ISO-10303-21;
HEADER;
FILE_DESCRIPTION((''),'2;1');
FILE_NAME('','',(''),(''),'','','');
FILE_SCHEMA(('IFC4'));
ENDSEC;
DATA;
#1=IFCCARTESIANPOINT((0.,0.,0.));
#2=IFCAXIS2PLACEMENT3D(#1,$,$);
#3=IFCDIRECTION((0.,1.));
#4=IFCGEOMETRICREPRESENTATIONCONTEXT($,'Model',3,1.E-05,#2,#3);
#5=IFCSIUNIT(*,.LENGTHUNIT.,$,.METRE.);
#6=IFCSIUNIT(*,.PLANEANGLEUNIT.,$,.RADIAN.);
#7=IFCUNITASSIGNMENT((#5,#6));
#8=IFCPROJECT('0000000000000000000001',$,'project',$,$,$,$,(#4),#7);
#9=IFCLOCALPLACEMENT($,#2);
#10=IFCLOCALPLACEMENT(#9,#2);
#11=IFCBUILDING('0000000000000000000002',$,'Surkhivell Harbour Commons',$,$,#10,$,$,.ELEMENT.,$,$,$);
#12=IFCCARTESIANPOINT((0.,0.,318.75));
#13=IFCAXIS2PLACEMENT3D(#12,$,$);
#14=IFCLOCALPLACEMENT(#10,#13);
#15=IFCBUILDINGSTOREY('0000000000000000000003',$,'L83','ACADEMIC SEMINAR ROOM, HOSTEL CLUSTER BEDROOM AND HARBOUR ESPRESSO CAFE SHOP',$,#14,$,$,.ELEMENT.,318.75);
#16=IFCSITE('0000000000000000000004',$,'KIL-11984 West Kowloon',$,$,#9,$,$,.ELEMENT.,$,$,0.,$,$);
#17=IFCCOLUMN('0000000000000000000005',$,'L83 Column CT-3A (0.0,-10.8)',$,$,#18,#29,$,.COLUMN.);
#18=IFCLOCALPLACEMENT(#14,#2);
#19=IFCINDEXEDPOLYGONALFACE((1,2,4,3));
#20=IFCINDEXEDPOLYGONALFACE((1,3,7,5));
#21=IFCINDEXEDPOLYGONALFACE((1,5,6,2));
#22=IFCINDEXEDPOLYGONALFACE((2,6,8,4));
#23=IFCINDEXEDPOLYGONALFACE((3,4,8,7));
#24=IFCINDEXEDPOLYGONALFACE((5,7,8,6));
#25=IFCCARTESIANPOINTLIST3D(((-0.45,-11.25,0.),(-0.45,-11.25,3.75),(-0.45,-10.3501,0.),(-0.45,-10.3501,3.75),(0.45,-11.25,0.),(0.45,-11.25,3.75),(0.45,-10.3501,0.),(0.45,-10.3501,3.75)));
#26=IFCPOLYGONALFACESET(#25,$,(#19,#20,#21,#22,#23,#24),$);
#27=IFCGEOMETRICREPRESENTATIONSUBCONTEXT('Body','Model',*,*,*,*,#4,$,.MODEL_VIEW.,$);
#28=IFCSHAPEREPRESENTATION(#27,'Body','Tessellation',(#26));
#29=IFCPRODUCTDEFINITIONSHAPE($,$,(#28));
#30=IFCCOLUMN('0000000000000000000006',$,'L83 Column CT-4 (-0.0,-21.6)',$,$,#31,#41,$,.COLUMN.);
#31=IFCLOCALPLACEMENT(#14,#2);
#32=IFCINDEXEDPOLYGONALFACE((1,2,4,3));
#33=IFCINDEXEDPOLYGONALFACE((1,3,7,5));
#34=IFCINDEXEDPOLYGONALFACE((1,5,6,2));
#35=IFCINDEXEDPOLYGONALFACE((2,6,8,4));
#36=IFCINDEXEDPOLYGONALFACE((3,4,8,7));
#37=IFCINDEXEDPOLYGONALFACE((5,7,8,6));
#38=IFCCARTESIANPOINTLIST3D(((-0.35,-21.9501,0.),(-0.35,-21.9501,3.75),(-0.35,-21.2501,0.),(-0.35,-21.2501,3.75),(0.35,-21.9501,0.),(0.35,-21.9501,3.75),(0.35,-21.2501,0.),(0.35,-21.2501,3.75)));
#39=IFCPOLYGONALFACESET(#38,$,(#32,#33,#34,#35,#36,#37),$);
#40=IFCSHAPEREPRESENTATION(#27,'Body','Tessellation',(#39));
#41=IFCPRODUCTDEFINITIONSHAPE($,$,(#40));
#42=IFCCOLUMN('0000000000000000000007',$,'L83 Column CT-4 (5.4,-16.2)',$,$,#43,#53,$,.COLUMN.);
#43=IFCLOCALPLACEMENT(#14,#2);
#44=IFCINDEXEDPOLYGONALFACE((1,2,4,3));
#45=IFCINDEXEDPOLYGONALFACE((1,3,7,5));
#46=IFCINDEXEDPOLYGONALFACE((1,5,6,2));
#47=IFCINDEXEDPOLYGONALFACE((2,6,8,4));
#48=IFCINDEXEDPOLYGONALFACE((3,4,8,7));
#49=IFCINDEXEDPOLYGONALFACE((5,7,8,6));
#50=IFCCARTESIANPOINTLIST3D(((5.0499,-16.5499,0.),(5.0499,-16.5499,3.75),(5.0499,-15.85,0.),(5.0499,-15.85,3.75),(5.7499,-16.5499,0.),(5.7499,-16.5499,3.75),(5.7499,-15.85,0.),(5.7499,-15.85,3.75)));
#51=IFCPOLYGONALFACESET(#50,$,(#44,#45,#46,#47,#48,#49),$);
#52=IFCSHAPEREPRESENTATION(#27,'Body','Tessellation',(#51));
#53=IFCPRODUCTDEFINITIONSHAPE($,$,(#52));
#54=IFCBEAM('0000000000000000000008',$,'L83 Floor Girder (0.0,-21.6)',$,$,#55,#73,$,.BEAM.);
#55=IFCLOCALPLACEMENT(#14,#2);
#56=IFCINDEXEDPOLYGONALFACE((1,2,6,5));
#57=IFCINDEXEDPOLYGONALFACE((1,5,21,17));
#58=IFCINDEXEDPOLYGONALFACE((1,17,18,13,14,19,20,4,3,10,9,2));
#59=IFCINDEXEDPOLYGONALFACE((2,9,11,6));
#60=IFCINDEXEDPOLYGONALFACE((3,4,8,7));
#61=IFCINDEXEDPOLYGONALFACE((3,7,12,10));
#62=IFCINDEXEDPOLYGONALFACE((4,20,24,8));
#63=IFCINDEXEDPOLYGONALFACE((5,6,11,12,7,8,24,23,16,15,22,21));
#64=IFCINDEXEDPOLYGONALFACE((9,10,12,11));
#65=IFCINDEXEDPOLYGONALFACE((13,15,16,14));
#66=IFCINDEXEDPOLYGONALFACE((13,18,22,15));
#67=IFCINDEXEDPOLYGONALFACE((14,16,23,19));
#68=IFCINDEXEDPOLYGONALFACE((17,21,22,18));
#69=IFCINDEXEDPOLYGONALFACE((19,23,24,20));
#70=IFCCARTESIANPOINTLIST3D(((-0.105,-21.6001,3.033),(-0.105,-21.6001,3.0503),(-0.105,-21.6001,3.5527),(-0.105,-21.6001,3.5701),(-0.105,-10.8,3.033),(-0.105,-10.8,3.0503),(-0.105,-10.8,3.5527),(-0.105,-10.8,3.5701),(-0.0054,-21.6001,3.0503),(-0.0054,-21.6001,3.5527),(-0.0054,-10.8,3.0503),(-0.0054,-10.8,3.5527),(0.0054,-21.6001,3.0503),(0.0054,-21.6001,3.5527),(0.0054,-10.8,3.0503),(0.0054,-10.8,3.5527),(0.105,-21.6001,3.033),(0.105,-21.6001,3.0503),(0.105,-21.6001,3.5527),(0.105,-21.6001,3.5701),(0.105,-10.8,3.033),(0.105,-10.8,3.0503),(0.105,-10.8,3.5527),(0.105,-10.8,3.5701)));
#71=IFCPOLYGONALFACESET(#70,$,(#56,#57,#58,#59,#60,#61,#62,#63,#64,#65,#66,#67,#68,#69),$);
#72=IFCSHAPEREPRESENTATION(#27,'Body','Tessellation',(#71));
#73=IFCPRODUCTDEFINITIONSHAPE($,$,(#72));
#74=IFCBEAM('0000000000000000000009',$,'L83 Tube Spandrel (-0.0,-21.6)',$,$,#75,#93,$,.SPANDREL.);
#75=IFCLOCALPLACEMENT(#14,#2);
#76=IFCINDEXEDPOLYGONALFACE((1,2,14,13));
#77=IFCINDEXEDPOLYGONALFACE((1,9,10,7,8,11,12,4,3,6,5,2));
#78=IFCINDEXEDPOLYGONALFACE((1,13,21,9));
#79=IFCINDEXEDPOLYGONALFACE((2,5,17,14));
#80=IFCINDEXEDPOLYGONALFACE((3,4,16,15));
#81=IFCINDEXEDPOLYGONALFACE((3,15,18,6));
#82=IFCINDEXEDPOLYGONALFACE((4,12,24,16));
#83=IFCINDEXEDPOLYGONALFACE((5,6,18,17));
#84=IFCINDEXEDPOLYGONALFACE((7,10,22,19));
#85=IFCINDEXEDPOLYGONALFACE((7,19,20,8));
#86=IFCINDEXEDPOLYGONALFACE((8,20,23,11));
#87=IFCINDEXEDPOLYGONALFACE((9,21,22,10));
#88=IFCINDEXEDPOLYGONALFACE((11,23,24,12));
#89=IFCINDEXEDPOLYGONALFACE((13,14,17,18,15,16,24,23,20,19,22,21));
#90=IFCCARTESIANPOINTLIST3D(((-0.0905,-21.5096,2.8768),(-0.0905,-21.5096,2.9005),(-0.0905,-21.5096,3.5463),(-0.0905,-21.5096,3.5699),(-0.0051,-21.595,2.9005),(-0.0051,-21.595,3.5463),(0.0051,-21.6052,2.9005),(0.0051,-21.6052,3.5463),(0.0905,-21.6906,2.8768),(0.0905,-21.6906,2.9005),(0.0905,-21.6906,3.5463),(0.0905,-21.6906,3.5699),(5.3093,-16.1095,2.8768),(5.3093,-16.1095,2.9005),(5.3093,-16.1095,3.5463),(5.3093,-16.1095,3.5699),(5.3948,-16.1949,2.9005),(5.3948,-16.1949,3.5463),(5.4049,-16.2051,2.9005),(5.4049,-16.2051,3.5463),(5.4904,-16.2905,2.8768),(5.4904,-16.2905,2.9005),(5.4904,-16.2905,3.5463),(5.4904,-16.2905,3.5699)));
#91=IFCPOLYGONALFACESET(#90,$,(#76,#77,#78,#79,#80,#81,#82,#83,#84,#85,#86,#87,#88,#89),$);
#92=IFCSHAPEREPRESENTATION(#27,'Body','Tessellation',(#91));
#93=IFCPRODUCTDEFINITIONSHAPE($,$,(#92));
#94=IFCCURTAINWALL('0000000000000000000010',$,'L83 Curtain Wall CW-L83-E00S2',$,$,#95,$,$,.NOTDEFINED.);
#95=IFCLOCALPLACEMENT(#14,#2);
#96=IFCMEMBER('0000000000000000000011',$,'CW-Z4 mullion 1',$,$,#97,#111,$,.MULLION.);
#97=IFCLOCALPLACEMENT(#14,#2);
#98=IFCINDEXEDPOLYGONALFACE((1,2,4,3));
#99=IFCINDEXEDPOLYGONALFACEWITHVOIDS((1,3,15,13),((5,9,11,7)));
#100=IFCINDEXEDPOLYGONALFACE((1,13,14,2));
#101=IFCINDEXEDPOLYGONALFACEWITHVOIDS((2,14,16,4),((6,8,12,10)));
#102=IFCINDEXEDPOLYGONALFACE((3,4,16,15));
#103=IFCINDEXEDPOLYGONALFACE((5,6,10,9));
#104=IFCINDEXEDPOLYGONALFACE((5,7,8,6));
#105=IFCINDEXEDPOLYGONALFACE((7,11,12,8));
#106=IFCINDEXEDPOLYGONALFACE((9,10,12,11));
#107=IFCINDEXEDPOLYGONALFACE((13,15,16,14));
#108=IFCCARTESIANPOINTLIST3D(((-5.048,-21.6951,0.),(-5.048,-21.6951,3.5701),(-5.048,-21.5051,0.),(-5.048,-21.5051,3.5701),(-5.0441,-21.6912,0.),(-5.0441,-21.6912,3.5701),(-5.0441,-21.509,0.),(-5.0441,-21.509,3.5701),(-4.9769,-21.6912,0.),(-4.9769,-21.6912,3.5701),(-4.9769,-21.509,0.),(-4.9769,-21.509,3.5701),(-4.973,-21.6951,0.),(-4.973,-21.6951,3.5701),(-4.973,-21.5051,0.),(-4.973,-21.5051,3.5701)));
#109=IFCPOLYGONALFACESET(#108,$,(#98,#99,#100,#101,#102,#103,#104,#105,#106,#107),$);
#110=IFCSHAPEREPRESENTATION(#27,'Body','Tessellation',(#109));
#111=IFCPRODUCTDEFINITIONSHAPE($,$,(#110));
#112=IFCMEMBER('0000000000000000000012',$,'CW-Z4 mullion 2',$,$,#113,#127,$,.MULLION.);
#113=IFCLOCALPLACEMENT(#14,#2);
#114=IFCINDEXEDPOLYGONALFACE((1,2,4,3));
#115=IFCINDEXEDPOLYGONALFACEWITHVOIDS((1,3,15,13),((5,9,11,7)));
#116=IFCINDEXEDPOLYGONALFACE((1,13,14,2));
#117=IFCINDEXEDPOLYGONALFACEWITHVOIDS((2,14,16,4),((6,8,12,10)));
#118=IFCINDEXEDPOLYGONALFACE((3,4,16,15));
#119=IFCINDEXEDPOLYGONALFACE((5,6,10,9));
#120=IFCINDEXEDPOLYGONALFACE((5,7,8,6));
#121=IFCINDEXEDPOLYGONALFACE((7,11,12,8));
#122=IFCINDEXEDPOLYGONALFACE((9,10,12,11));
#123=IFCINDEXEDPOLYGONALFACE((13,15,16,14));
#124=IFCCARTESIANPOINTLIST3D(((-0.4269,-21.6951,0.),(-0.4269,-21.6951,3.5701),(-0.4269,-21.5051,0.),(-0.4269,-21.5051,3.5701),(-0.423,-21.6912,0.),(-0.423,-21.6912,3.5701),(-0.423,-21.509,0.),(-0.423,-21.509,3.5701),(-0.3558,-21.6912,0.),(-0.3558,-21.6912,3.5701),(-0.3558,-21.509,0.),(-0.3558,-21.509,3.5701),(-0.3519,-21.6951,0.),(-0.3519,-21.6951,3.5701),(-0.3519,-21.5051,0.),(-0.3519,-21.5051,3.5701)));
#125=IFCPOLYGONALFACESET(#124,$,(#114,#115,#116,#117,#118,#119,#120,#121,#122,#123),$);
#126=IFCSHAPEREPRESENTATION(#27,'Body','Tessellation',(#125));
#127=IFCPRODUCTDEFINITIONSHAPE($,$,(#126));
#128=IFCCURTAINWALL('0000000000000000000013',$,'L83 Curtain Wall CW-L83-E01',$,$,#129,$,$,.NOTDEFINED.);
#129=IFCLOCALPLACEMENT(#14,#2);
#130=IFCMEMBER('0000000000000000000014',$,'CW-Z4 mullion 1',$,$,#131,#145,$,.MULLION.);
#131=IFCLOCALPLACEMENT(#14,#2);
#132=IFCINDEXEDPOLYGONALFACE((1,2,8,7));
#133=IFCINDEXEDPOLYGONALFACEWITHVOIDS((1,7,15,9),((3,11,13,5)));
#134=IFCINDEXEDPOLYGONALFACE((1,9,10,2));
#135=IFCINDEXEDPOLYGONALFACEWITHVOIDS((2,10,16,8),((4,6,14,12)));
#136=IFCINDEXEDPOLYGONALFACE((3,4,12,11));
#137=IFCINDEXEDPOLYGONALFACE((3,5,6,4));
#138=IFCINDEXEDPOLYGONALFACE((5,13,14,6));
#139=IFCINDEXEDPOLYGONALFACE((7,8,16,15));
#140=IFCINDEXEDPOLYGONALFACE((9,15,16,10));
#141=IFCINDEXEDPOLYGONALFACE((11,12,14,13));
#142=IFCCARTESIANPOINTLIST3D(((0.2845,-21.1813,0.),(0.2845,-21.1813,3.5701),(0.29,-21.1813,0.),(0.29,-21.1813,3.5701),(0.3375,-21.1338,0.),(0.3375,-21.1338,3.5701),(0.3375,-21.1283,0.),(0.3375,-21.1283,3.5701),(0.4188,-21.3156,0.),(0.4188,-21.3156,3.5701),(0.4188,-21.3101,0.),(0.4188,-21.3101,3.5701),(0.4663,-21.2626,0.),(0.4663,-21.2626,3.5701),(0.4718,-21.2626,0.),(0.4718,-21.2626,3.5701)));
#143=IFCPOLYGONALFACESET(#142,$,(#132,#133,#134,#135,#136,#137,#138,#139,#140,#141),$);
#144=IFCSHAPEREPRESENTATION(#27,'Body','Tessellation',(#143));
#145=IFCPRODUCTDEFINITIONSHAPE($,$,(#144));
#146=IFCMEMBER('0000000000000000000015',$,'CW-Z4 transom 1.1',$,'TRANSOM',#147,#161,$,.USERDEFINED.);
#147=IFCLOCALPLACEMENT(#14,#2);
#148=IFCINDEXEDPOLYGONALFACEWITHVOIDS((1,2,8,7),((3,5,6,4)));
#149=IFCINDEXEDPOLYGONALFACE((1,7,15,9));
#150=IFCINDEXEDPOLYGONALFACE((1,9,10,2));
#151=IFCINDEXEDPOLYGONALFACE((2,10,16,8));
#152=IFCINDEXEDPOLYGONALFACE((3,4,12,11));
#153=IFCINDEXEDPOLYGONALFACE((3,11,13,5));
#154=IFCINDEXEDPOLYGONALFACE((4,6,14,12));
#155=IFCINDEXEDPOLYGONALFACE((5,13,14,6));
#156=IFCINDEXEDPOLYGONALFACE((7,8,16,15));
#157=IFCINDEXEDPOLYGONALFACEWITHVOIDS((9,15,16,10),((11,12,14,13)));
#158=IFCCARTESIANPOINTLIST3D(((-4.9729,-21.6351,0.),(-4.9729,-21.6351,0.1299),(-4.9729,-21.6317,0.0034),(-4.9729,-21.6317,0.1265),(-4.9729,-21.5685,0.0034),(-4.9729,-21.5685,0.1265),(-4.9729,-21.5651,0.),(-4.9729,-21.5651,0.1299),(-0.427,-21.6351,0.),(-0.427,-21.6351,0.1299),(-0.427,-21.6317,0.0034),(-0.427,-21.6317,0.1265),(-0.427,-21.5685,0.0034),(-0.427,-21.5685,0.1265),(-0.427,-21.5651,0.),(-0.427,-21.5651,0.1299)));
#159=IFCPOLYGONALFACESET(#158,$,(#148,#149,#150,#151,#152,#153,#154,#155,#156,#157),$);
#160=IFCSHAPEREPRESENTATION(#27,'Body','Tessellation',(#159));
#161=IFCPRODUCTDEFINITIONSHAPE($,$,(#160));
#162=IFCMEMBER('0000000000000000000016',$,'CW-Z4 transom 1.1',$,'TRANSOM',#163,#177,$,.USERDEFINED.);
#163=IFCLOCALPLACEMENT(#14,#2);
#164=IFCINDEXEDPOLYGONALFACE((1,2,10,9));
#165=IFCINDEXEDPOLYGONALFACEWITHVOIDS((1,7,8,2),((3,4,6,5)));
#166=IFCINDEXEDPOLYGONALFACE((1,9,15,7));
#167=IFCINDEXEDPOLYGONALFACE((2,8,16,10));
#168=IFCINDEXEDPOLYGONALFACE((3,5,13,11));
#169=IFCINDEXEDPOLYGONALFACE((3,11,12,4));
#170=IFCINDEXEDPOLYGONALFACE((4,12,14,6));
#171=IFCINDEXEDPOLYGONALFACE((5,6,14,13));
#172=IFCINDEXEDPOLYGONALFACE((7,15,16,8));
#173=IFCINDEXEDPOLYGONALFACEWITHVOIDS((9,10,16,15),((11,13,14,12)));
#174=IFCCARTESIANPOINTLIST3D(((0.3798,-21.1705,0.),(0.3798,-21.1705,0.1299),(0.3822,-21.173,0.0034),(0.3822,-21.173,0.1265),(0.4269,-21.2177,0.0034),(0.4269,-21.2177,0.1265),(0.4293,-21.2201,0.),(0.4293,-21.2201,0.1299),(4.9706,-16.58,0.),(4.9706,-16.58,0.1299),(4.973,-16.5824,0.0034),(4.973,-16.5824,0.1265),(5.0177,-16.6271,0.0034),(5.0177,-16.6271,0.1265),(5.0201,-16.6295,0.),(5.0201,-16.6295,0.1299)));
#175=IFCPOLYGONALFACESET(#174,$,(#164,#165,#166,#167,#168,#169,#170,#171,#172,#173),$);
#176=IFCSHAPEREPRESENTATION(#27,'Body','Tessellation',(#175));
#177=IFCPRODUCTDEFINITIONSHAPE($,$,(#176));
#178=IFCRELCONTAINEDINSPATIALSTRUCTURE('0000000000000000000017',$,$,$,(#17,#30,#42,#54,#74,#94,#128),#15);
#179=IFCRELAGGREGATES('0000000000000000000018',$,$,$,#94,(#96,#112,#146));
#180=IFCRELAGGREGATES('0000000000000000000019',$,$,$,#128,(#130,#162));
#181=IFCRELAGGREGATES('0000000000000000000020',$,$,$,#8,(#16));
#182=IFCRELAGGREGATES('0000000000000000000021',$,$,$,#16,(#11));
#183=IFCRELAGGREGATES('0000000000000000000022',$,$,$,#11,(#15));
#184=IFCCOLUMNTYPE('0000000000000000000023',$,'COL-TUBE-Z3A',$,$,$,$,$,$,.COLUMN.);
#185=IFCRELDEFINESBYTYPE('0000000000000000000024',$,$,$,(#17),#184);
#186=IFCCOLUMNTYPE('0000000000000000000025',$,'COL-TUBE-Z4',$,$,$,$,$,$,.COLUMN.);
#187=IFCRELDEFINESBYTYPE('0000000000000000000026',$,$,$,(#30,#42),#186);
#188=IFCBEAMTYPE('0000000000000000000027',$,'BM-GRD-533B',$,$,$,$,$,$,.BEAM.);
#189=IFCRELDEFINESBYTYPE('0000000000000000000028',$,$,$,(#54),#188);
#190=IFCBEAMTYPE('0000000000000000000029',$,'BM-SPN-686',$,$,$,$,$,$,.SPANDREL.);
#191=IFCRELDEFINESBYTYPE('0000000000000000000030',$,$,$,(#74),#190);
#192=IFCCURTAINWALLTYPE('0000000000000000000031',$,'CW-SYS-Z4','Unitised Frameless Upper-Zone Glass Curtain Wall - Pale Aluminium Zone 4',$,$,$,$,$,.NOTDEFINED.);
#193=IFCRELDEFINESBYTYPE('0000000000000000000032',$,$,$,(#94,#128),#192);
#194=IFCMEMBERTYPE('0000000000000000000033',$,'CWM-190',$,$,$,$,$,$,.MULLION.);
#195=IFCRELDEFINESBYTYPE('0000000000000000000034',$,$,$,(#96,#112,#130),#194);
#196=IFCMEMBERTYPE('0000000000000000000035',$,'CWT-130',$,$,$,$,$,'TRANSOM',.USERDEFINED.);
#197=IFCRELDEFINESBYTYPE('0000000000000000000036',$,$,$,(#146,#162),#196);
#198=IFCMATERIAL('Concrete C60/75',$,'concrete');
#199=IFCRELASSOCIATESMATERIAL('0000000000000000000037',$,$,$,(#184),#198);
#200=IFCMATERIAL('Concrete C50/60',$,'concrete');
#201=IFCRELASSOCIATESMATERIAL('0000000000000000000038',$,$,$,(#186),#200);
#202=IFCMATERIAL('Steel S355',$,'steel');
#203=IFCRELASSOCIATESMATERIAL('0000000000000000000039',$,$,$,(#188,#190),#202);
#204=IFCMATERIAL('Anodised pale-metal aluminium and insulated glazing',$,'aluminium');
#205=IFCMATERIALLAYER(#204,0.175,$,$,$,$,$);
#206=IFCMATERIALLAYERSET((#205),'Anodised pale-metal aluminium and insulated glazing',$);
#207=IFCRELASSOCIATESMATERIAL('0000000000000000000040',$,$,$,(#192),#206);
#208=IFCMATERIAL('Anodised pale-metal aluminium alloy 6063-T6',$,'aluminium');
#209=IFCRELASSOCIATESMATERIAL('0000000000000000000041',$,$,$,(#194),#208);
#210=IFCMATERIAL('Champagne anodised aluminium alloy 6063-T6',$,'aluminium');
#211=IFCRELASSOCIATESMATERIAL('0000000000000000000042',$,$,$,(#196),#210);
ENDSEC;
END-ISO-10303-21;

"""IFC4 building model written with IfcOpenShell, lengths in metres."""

from ifc_helpers import new_model, si_unit, direction, frame, origin, origin_2d, place, context, subcontext, project, spatial, rectangle, hollow_rectangle, i_section, extrude, material, layer, layer_set, material_profile, profile_set, type_object, element, aggregate, save


model = new_model("IFC4")

# Units and contexts
model_context = context("Model", 3, precision=1e-05, world=origin(), true_north=direction((0.0, 1.0)))
body_context = subcontext(model_context, "Body", "Model", "MODEL_VIEW")
ifc_project = project(units=[si_unit("LENGTHUNIT", "METRE"), si_unit("PLANEANGLEUNIT", "RADIAN")], contexts=[model_context])

# Site, building, storey
site_placement = place(None, origin())
site = spatial("IfcSite", under=ifc_project, at=site_placement, Name="KIL-11984 West Kowloon", CompositionType="ELEMENT", RefElevation=0.0)
building_placement = place(site_placement, origin())
building = spatial("IfcBuilding", under=site, at=building_placement, Name="Surkhivell Harbour Commons", CompositionType="ELEMENT")
storey_placement = place(building_placement, frame((0.0, 0.0, 318.75)))
storey = spatial("IfcBuildingStorey", under=building, at=storey_placement, Name="L83", Description="ACADEMIC SEMINAR ROOM, HOSTEL CLUSTER BEDROOM AND HARBOUR ESPRESSO CAFE SHOP", CompositionType="ELEMENT", Elevation=318.75)

# Columns
ifc_material_1 = material(Name="Concrete C60/75", Category="concrete")
ifc_material_profile_1 = material_profile(ifc_material_1, rectangle(XDim=0.8999, YDim=0.8999, at=origin_2d()), Name="RC-COL-900x900")
ifc_profile_set_1 = profile_set([ifc_material_profile_1], Name="Concrete C60/75")
column_type_1 = type_object("IfcColumnType", Name="COL-TUBE-Z3A", PredefinedType="COLUMN", material=ifc_profile_set_1)
column_placement = place(storey_placement, frame((0.0, -10.8, 0.0), z_axis=(0.0, 0.0, 1.0), x_axis=(1.0, 0.0, 0.0)))
element("IfcColumn", 1, at=column_placement, inside=storey, type_object=column_type_1, Name="L83 Column CT-3A (0.0,-10.8)", PredefinedType="COLUMN", context=body_context, shape_type="SweptSolid", body=[
    extrude(rectangle(XDim=0.8999, YDim=0.8999, at=origin_2d()), origin(), (0.0, 0.0, 1.0), 3.75),
])
ifc_material_2 = material(Name="Concrete C50/60", Category="concrete")
ifc_material_profile_2 = material_profile(ifc_material_2, rectangle(XDim=0.7, YDim=0.7, at=origin_2d()), Name="RC-COL-700x700")
ifc_profile_set_2 = profile_set([ifc_material_profile_2], Name="Concrete C50/60")
column_type_2 = type_object("IfcColumnType", Name="COL-TUBE-Z4", PredefinedType="COLUMN", material=ifc_profile_set_2)
for number, where, z_axis, x_axis, name in (
    (2, (0.0, -21.6001, 0.0), (0.0, 0.0, 1.0), (1.0, 0.0, 0.0), "L83 Column CT-4 (-0.0,-21.6)"),
    (3, (5.3999, -16.2, 0.0), (0.0, 0.0, 1.0), (1.0, 0.0, 0.0), "L83 Column CT-4 (5.4,-16.2)"),
):
    element("IfcColumn", number, at=place(storey_placement, frame(where, z_axis=z_axis, x_axis=x_axis)), inside=storey, type_object=column_type_2, Name=name, PredefinedType="COLUMN", context=body_context, shape_type="SweptSolid", body=[
        extrude(rectangle(XDim=0.7, YDim=0.7, at=origin_2d()), origin(), (0.0, 0.0, 1.0), 3.75),
    ])

# Beams
ifc_material_3 = material(Name="Steel S355", Category="steel")
ifc_material_profile_3 = material_profile(ifc_material_3, i_section(OverallWidth=0.21, OverallDepth=0.5371, WebThickness=0.0107, FlangeThickness=0.0173, at=origin_2d()), Name="UB533x210x101")
ifc_profile_set_3 = profile_set([ifc_material_profile_3], Name="Steel S355")
beam_type_1 = type_object("IfcBeamType", Name="BM-GRD-533B", PredefinedType="BEAM", material=ifc_profile_set_3)
beam_1_placement = place(storey_placement, frame((0.0, -21.6001, 3.3015), z_axis=(0.0, 1.0, 0.0), x_axis=(-1.0, 0.0, 0.0)))
element("IfcBeam", 4, at=beam_1_placement, inside=storey, type_object=beam_type_1, Name="L83 Floor Girder (0.0,-21.6)", PredefinedType="BEAM", context=body_context, shape_type="SweptSolid", body=[
    extrude(i_section(OverallWidth=0.21, OverallDepth=0.5371, WebThickness=0.0107, FlangeThickness=0.0173, at=origin_2d()), origin(), (0.0, 0.0, 1.0), 10.8),
])
ifc_material_profile_4 = material_profile(ifc_material_3, i_section(OverallWidth=0.2561, OverallDepth=0.6931, WebThickness=0.0144, FlangeThickness=0.0237, at=origin_2d()), Name="UB686x254x170")
ifc_profile_set_4 = profile_set([ifc_material_profile_4], Name="Steel S355")
beam_type_2 = type_object("IfcBeamType", Name="BM-SPN-686", PredefinedType="SPANDREL", material=ifc_profile_set_4)
beam_2_placement = place(storey_placement, frame((0.0, -21.6001, 3.2234), z_axis=(0.707091, 0.707123, 0.0), x_axis=(-0.707123, 0.707091, 0.0)))
element("IfcBeam", 5, at=beam_2_placement, inside=storey, type_object=beam_type_2, Name="L83 Tube Spandrel (-0.0,-21.6)", PredefinedType="SPANDREL", context=body_context, shape_type="SweptSolid", body=[
    extrude(i_section(OverallWidth=0.2561, OverallDepth=0.6931, WebThickness=0.0144, FlangeThickness=0.0237, at=origin_2d()), origin(), (0.0, 0.0, 1.0), 7.6367),
])

# Curtain wall, members
ifc_material_4 = material(Name="Anodised pale-metal aluminium and insulated glazing", Category="aluminium")
ifc_layer_1 = layer(ifc_material_4, 0.175)
ifc_layer_set_1 = layer_set([ifc_layer_1], Name="Anodised pale-metal aluminium and insulated glazing")
curtain_wall_type = type_object("IfcCurtainWallType", Name="CW-SYS-Z4", Description="Unitised Frameless Upper-Zone Glass Curtain Wall - Pale Aluminium Zone 4", PredefinedType="NOTDEFINED", material=ifc_layer_set_1)
curtain_wall_1_placement = place(storey_placement, origin())
curtain_wall_1 = element("IfcCurtainWall", 6, at=curtain_wall_1_placement, inside=storey, type_object=curtain_wall_type, Name="L83 Curtain Wall CW-L83-E00S2", PredefinedType="NOTDEFINED")
ifc_material_5 = material(Name="Anodised pale-metal aluminium alloy 6063-T6", Category="aluminium")
ifc_material_profile_5 = material_profile(ifc_material_5, hollow_rectangle(XDim=0.075, YDim=0.1899, WallThickness=0.0039, at=origin_2d()), Name="ALU-MULL-75x190")
ifc_profile_set_5 = profile_set([ifc_material_profile_5], Name="Anodised pale-metal aluminium alloy 6063-T6")
member_type_1 = type_object("IfcMemberType", Name="CWM-190", PredefinedType="MULLION", material=ifc_profile_set_5)
member_1_placement = place(storey_placement, frame((-5.0105, -21.6001, 0.0), z_axis=(0.0, 0.0, 1.0), x_axis=(1.0, 0.0, 0.0)))
member_1 = element("IfcMember", 7, at=member_1_placement, type_object=member_type_1, Name="CW-Z4 mullion 1", PredefinedType="MULLION", context=body_context, shape_type="SweptSolid", body=[
    extrude(hollow_rectangle(XDim=0.075, YDim=0.1899, WallThickness=0.0039, at=origin_2d()), origin(), (0.0, 0.0, 1.0), 3.5701),
])
member_2_placement = place(storey_placement, frame((-0.3894, -21.6001, 0.0), z_axis=(0.0, 0.0, 1.0), x_axis=(1.0, 0.0, 0.0)))
member_2 = element("IfcMember", 8, at=member_2_placement, type_object=member_type_1, Name="CW-Z4 mullion 2", PredefinedType="MULLION", context=body_context, shape_type="SweptSolid", body=[
    extrude(hollow_rectangle(XDim=0.075, YDim=0.1899, WallThickness=0.0039, at=origin_2d()), origin(), (0.0, 0.0, 1.0), 3.5701),
])

# Curtain wall, member
curtain_wall_2_placement = place(storey_placement, origin())
curtain_wall_2 = element("IfcCurtainWall", 9, at=curtain_wall_2_placement, inside=storey, type_object=curtain_wall_type, Name="L83 Curtain Wall CW-L83-E01", PredefinedType="NOTDEFINED")
member_3_placement = place(storey_placement, frame((0.3782, -21.2219, 0.0), z_axis=(0.0, 0.0, 1.0), x_axis=(0.707107, 0.707107, 0.0)))
member_3 = element("IfcMember", 10, at=member_3_placement, type_object=member_type_1, Name="CW-Z4 mullion 1", PredefinedType="MULLION", context=body_context, shape_type="SweptSolid", body=[
    extrude(hollow_rectangle(XDim=0.075, YDim=0.1899, WallThickness=0.0039, at=origin_2d()), origin(), (0.0, 0.0, 1.0), 3.5701),
])

# Members
ifc_material_6 = material(Name="Champagne anodised aluminium alloy 6063-T6", Category="aluminium")
ifc_material_profile_6 = material_profile(ifc_material_6, hollow_rectangle(XDim=0.0701, YDim=0.1299, WallThickness=0.0034, at=origin_2d()), Name="ALU-TRAN-70x130")
ifc_profile_set_6 = profile_set([ifc_material_profile_6], Name="Champagne anodised aluminium alloy 6063-T6")
member_type_2 = type_object("IfcMemberType", Name="CWT-130", ElementType="TRANSOM", PredefinedType="USERDEFINED", material=ifc_profile_set_6)
member_4_placement = place(storey_placement, frame((-4.9729, -21.6001, 0.0649), z_axis=(1.0, 0.0, 0.0), x_axis=(0.0, 1.0, 0.0)))
member_4 = element("IfcMember", 11, at=member_4_placement, type_object=member_type_2, Name="CW-Z4 transom 1.1", ObjectType="TRANSOM", PredefinedType="USERDEFINED", context=body_context, shape_type="SweptSolid", body=[
    extrude(hollow_rectangle(XDim=0.0701, YDim=0.1299, WallThickness=0.0034, at=origin_2d()), origin(), (0.0, 0.0, 1.0), 4.5459),
])
member_5_placement = place(storey_placement, frame((0.4045, -21.1953, 0.0649), z_axis=(0.707126, 0.707088, 0.0), x_axis=(-0.707088, 0.707126, 0.0)))
member_5 = element("IfcMember", 12, at=member_5_placement, type_object=member_type_2, Name="CW-Z4 transom 1.1", ObjectType="TRANSOM", PredefinedType="USERDEFINED", context=body_context, shape_type="SweptSolid", body=[
    extrude(hollow_rectangle(XDim=0.0701, YDim=0.1299, WallThickness=0.0034, at=origin_2d()), origin(), (0.0, 0.0, 1.0), 6.4922),
])

aggregate(curtain_wall_1, [member_1, member_2, member_4])
aggregate(curtain_wall_2, [member_3, member_5])

save(model, "model.ifc")
